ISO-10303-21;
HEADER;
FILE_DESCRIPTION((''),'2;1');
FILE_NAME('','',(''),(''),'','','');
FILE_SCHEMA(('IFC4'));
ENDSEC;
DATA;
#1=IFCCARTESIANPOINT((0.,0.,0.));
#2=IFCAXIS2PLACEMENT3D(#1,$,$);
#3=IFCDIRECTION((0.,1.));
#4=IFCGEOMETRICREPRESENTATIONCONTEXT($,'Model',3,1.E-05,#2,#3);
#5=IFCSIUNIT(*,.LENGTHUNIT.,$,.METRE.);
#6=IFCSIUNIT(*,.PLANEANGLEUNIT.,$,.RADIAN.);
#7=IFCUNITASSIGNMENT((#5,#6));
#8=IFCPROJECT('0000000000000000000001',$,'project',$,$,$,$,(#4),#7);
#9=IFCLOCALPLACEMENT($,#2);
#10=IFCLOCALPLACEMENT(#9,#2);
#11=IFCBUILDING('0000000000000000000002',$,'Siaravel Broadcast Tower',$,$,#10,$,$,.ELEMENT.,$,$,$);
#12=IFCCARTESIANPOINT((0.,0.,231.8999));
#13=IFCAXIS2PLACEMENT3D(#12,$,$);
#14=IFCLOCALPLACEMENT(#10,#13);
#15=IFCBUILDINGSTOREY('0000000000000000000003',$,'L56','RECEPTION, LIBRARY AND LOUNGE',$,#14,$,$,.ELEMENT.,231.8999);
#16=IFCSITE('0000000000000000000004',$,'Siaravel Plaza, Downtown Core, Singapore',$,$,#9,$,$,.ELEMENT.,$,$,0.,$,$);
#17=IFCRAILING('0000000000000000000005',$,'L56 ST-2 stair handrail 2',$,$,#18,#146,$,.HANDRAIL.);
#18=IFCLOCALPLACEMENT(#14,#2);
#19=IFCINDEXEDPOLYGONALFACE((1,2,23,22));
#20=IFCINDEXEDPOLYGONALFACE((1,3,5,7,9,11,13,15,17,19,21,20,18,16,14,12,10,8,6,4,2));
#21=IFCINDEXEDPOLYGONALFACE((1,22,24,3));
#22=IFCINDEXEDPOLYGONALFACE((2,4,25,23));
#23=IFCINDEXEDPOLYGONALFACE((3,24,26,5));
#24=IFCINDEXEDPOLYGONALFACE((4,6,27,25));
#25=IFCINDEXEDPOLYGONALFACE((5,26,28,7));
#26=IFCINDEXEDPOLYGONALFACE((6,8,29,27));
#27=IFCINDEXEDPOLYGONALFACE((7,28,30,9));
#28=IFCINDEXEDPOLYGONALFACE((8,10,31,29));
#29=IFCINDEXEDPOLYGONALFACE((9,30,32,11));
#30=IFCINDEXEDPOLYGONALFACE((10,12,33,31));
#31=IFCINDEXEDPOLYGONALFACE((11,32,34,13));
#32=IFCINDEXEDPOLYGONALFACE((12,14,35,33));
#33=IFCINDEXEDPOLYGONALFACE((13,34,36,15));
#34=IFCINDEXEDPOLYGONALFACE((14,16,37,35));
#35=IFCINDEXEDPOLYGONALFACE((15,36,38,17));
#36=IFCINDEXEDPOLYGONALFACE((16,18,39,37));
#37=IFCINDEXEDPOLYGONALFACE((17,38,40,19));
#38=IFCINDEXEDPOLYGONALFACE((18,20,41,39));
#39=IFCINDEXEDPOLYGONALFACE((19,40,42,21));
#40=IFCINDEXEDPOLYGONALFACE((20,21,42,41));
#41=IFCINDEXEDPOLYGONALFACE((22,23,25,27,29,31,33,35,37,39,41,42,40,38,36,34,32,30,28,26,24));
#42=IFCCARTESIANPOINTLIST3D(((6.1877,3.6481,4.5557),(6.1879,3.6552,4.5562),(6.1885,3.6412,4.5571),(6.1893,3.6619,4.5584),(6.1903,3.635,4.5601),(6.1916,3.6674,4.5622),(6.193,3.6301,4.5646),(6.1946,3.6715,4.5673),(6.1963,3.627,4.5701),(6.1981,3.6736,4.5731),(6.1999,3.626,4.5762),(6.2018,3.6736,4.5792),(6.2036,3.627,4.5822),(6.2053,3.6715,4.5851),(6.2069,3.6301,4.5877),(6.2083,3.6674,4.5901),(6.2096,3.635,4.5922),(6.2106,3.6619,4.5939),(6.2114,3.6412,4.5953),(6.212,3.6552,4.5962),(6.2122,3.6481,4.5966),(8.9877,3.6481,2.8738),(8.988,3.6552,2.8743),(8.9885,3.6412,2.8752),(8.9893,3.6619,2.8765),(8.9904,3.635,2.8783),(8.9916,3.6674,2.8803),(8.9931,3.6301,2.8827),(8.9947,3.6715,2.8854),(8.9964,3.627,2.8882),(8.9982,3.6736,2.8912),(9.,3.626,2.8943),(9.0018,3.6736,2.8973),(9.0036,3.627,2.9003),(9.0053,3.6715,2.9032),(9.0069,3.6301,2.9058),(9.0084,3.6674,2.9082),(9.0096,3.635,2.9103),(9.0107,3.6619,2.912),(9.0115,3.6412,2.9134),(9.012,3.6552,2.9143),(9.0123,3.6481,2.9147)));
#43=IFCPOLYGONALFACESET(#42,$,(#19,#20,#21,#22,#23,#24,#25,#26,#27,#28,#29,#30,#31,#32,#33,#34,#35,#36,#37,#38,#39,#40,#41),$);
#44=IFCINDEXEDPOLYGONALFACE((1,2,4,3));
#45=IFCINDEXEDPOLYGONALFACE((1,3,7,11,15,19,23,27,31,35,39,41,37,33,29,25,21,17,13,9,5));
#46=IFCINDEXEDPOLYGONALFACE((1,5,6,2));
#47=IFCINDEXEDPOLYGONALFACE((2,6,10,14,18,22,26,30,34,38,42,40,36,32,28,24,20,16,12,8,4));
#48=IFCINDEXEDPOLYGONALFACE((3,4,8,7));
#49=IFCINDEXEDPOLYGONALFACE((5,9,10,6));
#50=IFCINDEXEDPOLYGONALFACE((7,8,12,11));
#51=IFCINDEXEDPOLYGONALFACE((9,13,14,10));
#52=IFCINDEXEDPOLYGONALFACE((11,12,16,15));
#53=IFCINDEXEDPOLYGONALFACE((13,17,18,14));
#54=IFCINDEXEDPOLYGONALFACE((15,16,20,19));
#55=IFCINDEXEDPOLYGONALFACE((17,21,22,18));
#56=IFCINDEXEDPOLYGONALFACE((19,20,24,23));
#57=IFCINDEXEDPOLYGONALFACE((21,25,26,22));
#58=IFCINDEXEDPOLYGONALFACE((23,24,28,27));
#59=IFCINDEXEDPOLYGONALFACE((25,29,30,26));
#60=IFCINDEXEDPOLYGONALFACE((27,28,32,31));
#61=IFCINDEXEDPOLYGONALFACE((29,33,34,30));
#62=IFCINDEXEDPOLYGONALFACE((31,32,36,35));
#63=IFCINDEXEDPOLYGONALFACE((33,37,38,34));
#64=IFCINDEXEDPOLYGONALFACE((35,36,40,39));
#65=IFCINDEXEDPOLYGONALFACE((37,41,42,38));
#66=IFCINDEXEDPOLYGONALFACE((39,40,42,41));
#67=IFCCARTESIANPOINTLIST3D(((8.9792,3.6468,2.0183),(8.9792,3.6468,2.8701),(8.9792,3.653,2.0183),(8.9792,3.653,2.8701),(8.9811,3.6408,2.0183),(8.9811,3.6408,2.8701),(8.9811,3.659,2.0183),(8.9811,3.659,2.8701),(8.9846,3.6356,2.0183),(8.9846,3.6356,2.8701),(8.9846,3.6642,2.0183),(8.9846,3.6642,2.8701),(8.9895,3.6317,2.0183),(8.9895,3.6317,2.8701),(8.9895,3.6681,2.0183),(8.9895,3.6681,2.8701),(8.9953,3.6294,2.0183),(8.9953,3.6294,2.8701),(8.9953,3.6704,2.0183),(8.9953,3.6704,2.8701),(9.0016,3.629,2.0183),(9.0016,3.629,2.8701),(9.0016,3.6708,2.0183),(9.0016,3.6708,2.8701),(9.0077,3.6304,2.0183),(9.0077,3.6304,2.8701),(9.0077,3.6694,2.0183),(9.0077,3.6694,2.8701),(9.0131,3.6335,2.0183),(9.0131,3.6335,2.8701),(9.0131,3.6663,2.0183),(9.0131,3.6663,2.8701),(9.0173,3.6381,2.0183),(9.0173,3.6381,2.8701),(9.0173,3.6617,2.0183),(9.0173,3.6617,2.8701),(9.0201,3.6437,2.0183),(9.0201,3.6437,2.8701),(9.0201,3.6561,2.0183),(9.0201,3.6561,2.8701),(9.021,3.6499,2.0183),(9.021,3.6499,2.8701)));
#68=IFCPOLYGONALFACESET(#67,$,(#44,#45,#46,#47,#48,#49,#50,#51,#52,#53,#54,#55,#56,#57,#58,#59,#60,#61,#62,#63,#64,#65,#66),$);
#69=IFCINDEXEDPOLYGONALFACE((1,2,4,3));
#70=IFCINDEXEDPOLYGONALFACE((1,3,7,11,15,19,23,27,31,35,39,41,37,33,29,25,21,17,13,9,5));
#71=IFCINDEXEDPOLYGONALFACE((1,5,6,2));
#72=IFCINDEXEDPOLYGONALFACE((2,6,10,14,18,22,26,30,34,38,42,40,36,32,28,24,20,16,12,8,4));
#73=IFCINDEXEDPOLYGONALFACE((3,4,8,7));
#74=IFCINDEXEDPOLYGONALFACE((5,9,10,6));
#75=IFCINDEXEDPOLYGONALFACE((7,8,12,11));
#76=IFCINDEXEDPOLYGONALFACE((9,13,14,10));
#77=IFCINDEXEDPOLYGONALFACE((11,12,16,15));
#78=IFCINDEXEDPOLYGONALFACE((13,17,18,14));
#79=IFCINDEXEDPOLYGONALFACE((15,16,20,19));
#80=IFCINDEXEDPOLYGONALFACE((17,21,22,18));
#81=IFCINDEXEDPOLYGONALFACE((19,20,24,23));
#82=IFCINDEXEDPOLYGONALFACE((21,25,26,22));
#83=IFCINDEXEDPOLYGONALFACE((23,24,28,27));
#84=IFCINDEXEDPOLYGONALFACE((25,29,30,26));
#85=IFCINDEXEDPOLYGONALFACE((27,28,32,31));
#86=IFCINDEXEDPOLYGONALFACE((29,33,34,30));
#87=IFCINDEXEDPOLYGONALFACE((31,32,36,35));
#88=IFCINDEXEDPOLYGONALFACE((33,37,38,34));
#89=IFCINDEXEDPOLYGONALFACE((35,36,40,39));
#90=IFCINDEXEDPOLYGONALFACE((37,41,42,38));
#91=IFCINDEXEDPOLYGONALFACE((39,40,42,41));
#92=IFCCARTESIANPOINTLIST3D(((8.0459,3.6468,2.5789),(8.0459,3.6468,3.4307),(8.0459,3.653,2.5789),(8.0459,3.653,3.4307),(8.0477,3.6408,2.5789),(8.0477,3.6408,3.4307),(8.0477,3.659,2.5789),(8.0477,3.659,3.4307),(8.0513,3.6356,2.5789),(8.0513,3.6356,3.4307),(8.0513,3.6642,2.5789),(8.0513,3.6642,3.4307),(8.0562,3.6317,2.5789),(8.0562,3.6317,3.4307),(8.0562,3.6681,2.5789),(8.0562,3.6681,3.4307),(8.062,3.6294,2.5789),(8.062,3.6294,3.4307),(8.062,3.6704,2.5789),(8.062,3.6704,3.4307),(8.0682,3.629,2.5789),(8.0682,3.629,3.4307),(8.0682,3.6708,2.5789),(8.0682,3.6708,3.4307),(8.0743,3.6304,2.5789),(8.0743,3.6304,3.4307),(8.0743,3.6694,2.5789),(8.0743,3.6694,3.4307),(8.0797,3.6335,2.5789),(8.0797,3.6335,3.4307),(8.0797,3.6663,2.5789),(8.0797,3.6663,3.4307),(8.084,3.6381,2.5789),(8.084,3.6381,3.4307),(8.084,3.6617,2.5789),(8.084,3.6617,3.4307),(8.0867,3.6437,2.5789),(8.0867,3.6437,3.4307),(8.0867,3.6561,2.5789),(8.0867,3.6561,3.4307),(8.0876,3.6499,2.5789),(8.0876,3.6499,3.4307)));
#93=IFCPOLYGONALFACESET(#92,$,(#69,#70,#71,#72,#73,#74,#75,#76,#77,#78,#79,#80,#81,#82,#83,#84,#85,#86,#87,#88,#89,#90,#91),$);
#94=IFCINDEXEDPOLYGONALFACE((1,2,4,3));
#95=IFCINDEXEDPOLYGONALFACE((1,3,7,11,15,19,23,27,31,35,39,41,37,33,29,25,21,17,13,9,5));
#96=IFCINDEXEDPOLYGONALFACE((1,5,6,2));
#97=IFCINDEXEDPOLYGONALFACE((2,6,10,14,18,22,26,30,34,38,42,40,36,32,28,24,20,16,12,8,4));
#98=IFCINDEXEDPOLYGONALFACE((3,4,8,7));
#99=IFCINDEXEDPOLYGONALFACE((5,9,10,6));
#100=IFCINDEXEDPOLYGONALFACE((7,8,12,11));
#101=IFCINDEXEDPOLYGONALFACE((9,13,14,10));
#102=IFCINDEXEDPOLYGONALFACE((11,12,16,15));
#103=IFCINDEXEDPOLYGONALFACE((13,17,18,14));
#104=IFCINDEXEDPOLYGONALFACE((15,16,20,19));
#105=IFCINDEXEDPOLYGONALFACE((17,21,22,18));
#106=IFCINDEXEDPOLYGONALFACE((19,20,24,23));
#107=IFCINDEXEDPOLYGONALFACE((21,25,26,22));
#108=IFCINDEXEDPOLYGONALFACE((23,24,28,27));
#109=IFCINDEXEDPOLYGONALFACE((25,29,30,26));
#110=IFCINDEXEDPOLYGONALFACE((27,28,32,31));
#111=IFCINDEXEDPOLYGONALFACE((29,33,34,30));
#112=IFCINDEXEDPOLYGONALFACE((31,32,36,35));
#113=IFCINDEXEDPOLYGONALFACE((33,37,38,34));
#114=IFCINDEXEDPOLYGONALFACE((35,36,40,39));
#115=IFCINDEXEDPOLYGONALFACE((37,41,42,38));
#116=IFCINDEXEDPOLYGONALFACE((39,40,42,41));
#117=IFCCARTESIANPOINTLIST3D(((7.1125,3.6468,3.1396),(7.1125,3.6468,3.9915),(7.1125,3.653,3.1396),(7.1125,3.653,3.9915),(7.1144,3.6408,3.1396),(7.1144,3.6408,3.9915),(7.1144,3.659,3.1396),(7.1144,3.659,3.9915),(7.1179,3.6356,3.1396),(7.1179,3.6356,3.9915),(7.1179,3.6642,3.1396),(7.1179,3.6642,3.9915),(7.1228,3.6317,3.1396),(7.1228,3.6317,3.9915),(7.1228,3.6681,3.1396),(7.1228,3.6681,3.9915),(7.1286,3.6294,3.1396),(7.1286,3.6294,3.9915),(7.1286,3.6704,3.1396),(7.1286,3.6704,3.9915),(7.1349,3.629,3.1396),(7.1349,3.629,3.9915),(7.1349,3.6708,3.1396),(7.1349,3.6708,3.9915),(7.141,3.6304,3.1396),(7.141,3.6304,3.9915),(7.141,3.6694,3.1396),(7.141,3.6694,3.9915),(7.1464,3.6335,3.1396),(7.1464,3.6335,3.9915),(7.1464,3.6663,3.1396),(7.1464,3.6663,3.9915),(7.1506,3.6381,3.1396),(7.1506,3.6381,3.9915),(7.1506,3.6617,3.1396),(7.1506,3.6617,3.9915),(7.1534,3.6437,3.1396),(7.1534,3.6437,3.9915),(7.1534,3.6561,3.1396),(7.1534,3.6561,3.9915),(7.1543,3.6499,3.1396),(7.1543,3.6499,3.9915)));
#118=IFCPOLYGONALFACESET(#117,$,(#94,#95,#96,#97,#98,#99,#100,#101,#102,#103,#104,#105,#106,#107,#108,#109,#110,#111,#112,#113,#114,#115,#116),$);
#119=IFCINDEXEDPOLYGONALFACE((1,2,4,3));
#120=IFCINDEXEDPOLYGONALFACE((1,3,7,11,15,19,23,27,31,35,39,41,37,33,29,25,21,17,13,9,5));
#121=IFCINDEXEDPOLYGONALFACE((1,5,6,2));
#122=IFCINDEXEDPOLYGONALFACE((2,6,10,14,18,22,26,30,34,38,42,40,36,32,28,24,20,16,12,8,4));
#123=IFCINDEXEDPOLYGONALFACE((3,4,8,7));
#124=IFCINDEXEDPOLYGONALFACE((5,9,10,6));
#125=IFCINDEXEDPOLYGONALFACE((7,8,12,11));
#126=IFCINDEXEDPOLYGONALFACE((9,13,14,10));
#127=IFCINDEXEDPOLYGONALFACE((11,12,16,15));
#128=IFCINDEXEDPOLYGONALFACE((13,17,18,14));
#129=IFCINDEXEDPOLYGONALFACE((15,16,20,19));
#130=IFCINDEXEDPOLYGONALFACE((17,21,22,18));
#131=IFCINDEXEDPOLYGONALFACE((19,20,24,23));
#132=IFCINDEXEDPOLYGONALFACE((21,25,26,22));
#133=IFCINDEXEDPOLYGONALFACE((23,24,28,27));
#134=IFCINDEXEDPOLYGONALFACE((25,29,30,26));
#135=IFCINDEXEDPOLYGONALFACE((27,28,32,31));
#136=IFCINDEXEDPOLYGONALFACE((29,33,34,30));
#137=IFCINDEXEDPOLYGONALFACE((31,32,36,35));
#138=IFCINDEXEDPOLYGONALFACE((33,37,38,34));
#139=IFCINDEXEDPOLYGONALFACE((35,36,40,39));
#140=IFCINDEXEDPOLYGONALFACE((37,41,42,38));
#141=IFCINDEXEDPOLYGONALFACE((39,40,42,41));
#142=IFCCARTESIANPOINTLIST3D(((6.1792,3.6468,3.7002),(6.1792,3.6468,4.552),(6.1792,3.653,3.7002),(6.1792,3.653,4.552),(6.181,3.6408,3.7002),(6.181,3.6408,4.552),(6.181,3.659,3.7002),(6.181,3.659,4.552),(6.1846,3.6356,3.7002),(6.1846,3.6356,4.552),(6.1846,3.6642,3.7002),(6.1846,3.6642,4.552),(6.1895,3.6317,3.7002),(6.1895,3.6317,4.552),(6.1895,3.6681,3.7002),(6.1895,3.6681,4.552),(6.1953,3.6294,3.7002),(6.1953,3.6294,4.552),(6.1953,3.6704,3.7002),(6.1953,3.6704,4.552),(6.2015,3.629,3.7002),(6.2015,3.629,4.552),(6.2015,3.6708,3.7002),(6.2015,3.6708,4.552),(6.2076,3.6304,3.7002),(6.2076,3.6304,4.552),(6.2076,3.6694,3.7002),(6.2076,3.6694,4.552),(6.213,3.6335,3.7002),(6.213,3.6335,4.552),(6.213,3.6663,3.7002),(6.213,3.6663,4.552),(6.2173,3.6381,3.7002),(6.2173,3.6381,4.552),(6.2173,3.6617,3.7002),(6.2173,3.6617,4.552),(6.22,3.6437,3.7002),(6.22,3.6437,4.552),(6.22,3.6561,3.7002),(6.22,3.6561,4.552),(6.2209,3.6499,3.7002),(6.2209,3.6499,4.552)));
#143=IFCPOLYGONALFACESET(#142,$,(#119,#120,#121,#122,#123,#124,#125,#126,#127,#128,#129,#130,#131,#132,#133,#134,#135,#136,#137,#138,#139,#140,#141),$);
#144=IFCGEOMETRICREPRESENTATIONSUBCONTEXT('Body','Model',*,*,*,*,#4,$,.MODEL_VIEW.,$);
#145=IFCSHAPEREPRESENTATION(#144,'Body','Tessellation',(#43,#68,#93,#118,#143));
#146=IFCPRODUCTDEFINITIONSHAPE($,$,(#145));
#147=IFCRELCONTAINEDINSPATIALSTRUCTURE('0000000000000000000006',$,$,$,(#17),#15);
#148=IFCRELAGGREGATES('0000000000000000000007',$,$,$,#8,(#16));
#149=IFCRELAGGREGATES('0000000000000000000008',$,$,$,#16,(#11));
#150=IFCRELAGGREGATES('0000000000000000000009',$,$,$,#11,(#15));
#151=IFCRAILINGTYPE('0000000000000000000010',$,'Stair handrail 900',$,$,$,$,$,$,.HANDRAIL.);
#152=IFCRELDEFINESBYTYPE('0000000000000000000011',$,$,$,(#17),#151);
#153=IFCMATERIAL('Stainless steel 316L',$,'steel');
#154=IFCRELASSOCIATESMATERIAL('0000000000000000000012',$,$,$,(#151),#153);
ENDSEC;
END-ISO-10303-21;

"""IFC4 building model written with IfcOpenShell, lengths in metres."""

from ifc_helpers import new_model, si_unit, direction, frame, origin, origin_2d, place, context, subcontext, project, spatial, circle, extrude, material, type_object, element, save


model = new_model("IFC4")

# Units and contexts
model_context = context("Model", 3, precision=1e-05, world=origin(), true_north=direction((0.0, 1.0)))
body_context = subcontext(model_context, "Body", "Model", "MODEL_VIEW")
ifc_project = project(units=[si_unit("LENGTHUNIT", "METRE"), si_unit("PLANEANGLEUNIT", "RADIAN")], contexts=[model_context])

# Site, building, storey
site_placement = place(None, origin())
site = spatial("IfcSite", under=ifc_project, at=site_placement, Name="Siaravel Plaza, Downtown Core, Singapore", CompositionType="ELEMENT", RefElevation=0.0)
building_placement = place(site_placement, origin())
building = spatial("IfcBuilding", under=site, at=building_placement, Name="Siaravel Broadcast Tower", CompositionType="ELEMENT")
storey_placement = place(building_placement, frame((0.0, 0.0, 231.8999)))
storey = spatial("IfcBuildingStorey", under=building, at=storey_placement, Name="L56", Description="RECEPTION, LIBRARY AND LOUNGE", CompositionType="ELEMENT", Elevation=231.8999)

# Railing
ifc_material_1 = material(Name="Stainless steel 316L", Category="steel")
railing_type_1 = type_object("IfcRailingType", Name="Stair handrail 900", PredefinedType="HANDRAIL", material=ifc_material_1)
railing_1_placement = place(storey_placement, frame((9.0, 3.6499, 2.0183)))
element("IfcRailing", 1, at=railing_1_placement, inside=storey, type_object=railing_type_1, Name="L56 ST-2 stair handrail 2", PredefinedType="HANDRAIL", context=body_context, shape_type="SweptSolid", body=[
    extrude(circle(Radius=0.0239, at=origin_2d()), frame((0.0, 0.0, 0.876), z_axis=(-0.857242, 0.0, 0.514913), x_axis=(0.0, -1.0, 0.0)), (0.0, 0.0, 1.0), 3.2664),
    extrude(circle(Radius=0.021, at=origin_2d()), origin(), (0.0, 0.0, 1.0), 0.8518),
    extrude(circle(Radius=0.021, at=origin_2d()), frame((-0.9333, 0.0, 0.5605)), (0.0, 0.0, 1.0), 0.8518),
    extrude(circle(Radius=0.021, at=origin_2d()), frame((-1.8667, 0.0, 1.1213)), (0.0, 0.0, 1.0), 0.8518),
    extrude(circle(Radius=0.021, at=origin_2d()), frame((-2.8, 0.0, 1.6819)), (0.0, 0.0, 1.0), 0.8518),
])

save(model, "model.ifc")
